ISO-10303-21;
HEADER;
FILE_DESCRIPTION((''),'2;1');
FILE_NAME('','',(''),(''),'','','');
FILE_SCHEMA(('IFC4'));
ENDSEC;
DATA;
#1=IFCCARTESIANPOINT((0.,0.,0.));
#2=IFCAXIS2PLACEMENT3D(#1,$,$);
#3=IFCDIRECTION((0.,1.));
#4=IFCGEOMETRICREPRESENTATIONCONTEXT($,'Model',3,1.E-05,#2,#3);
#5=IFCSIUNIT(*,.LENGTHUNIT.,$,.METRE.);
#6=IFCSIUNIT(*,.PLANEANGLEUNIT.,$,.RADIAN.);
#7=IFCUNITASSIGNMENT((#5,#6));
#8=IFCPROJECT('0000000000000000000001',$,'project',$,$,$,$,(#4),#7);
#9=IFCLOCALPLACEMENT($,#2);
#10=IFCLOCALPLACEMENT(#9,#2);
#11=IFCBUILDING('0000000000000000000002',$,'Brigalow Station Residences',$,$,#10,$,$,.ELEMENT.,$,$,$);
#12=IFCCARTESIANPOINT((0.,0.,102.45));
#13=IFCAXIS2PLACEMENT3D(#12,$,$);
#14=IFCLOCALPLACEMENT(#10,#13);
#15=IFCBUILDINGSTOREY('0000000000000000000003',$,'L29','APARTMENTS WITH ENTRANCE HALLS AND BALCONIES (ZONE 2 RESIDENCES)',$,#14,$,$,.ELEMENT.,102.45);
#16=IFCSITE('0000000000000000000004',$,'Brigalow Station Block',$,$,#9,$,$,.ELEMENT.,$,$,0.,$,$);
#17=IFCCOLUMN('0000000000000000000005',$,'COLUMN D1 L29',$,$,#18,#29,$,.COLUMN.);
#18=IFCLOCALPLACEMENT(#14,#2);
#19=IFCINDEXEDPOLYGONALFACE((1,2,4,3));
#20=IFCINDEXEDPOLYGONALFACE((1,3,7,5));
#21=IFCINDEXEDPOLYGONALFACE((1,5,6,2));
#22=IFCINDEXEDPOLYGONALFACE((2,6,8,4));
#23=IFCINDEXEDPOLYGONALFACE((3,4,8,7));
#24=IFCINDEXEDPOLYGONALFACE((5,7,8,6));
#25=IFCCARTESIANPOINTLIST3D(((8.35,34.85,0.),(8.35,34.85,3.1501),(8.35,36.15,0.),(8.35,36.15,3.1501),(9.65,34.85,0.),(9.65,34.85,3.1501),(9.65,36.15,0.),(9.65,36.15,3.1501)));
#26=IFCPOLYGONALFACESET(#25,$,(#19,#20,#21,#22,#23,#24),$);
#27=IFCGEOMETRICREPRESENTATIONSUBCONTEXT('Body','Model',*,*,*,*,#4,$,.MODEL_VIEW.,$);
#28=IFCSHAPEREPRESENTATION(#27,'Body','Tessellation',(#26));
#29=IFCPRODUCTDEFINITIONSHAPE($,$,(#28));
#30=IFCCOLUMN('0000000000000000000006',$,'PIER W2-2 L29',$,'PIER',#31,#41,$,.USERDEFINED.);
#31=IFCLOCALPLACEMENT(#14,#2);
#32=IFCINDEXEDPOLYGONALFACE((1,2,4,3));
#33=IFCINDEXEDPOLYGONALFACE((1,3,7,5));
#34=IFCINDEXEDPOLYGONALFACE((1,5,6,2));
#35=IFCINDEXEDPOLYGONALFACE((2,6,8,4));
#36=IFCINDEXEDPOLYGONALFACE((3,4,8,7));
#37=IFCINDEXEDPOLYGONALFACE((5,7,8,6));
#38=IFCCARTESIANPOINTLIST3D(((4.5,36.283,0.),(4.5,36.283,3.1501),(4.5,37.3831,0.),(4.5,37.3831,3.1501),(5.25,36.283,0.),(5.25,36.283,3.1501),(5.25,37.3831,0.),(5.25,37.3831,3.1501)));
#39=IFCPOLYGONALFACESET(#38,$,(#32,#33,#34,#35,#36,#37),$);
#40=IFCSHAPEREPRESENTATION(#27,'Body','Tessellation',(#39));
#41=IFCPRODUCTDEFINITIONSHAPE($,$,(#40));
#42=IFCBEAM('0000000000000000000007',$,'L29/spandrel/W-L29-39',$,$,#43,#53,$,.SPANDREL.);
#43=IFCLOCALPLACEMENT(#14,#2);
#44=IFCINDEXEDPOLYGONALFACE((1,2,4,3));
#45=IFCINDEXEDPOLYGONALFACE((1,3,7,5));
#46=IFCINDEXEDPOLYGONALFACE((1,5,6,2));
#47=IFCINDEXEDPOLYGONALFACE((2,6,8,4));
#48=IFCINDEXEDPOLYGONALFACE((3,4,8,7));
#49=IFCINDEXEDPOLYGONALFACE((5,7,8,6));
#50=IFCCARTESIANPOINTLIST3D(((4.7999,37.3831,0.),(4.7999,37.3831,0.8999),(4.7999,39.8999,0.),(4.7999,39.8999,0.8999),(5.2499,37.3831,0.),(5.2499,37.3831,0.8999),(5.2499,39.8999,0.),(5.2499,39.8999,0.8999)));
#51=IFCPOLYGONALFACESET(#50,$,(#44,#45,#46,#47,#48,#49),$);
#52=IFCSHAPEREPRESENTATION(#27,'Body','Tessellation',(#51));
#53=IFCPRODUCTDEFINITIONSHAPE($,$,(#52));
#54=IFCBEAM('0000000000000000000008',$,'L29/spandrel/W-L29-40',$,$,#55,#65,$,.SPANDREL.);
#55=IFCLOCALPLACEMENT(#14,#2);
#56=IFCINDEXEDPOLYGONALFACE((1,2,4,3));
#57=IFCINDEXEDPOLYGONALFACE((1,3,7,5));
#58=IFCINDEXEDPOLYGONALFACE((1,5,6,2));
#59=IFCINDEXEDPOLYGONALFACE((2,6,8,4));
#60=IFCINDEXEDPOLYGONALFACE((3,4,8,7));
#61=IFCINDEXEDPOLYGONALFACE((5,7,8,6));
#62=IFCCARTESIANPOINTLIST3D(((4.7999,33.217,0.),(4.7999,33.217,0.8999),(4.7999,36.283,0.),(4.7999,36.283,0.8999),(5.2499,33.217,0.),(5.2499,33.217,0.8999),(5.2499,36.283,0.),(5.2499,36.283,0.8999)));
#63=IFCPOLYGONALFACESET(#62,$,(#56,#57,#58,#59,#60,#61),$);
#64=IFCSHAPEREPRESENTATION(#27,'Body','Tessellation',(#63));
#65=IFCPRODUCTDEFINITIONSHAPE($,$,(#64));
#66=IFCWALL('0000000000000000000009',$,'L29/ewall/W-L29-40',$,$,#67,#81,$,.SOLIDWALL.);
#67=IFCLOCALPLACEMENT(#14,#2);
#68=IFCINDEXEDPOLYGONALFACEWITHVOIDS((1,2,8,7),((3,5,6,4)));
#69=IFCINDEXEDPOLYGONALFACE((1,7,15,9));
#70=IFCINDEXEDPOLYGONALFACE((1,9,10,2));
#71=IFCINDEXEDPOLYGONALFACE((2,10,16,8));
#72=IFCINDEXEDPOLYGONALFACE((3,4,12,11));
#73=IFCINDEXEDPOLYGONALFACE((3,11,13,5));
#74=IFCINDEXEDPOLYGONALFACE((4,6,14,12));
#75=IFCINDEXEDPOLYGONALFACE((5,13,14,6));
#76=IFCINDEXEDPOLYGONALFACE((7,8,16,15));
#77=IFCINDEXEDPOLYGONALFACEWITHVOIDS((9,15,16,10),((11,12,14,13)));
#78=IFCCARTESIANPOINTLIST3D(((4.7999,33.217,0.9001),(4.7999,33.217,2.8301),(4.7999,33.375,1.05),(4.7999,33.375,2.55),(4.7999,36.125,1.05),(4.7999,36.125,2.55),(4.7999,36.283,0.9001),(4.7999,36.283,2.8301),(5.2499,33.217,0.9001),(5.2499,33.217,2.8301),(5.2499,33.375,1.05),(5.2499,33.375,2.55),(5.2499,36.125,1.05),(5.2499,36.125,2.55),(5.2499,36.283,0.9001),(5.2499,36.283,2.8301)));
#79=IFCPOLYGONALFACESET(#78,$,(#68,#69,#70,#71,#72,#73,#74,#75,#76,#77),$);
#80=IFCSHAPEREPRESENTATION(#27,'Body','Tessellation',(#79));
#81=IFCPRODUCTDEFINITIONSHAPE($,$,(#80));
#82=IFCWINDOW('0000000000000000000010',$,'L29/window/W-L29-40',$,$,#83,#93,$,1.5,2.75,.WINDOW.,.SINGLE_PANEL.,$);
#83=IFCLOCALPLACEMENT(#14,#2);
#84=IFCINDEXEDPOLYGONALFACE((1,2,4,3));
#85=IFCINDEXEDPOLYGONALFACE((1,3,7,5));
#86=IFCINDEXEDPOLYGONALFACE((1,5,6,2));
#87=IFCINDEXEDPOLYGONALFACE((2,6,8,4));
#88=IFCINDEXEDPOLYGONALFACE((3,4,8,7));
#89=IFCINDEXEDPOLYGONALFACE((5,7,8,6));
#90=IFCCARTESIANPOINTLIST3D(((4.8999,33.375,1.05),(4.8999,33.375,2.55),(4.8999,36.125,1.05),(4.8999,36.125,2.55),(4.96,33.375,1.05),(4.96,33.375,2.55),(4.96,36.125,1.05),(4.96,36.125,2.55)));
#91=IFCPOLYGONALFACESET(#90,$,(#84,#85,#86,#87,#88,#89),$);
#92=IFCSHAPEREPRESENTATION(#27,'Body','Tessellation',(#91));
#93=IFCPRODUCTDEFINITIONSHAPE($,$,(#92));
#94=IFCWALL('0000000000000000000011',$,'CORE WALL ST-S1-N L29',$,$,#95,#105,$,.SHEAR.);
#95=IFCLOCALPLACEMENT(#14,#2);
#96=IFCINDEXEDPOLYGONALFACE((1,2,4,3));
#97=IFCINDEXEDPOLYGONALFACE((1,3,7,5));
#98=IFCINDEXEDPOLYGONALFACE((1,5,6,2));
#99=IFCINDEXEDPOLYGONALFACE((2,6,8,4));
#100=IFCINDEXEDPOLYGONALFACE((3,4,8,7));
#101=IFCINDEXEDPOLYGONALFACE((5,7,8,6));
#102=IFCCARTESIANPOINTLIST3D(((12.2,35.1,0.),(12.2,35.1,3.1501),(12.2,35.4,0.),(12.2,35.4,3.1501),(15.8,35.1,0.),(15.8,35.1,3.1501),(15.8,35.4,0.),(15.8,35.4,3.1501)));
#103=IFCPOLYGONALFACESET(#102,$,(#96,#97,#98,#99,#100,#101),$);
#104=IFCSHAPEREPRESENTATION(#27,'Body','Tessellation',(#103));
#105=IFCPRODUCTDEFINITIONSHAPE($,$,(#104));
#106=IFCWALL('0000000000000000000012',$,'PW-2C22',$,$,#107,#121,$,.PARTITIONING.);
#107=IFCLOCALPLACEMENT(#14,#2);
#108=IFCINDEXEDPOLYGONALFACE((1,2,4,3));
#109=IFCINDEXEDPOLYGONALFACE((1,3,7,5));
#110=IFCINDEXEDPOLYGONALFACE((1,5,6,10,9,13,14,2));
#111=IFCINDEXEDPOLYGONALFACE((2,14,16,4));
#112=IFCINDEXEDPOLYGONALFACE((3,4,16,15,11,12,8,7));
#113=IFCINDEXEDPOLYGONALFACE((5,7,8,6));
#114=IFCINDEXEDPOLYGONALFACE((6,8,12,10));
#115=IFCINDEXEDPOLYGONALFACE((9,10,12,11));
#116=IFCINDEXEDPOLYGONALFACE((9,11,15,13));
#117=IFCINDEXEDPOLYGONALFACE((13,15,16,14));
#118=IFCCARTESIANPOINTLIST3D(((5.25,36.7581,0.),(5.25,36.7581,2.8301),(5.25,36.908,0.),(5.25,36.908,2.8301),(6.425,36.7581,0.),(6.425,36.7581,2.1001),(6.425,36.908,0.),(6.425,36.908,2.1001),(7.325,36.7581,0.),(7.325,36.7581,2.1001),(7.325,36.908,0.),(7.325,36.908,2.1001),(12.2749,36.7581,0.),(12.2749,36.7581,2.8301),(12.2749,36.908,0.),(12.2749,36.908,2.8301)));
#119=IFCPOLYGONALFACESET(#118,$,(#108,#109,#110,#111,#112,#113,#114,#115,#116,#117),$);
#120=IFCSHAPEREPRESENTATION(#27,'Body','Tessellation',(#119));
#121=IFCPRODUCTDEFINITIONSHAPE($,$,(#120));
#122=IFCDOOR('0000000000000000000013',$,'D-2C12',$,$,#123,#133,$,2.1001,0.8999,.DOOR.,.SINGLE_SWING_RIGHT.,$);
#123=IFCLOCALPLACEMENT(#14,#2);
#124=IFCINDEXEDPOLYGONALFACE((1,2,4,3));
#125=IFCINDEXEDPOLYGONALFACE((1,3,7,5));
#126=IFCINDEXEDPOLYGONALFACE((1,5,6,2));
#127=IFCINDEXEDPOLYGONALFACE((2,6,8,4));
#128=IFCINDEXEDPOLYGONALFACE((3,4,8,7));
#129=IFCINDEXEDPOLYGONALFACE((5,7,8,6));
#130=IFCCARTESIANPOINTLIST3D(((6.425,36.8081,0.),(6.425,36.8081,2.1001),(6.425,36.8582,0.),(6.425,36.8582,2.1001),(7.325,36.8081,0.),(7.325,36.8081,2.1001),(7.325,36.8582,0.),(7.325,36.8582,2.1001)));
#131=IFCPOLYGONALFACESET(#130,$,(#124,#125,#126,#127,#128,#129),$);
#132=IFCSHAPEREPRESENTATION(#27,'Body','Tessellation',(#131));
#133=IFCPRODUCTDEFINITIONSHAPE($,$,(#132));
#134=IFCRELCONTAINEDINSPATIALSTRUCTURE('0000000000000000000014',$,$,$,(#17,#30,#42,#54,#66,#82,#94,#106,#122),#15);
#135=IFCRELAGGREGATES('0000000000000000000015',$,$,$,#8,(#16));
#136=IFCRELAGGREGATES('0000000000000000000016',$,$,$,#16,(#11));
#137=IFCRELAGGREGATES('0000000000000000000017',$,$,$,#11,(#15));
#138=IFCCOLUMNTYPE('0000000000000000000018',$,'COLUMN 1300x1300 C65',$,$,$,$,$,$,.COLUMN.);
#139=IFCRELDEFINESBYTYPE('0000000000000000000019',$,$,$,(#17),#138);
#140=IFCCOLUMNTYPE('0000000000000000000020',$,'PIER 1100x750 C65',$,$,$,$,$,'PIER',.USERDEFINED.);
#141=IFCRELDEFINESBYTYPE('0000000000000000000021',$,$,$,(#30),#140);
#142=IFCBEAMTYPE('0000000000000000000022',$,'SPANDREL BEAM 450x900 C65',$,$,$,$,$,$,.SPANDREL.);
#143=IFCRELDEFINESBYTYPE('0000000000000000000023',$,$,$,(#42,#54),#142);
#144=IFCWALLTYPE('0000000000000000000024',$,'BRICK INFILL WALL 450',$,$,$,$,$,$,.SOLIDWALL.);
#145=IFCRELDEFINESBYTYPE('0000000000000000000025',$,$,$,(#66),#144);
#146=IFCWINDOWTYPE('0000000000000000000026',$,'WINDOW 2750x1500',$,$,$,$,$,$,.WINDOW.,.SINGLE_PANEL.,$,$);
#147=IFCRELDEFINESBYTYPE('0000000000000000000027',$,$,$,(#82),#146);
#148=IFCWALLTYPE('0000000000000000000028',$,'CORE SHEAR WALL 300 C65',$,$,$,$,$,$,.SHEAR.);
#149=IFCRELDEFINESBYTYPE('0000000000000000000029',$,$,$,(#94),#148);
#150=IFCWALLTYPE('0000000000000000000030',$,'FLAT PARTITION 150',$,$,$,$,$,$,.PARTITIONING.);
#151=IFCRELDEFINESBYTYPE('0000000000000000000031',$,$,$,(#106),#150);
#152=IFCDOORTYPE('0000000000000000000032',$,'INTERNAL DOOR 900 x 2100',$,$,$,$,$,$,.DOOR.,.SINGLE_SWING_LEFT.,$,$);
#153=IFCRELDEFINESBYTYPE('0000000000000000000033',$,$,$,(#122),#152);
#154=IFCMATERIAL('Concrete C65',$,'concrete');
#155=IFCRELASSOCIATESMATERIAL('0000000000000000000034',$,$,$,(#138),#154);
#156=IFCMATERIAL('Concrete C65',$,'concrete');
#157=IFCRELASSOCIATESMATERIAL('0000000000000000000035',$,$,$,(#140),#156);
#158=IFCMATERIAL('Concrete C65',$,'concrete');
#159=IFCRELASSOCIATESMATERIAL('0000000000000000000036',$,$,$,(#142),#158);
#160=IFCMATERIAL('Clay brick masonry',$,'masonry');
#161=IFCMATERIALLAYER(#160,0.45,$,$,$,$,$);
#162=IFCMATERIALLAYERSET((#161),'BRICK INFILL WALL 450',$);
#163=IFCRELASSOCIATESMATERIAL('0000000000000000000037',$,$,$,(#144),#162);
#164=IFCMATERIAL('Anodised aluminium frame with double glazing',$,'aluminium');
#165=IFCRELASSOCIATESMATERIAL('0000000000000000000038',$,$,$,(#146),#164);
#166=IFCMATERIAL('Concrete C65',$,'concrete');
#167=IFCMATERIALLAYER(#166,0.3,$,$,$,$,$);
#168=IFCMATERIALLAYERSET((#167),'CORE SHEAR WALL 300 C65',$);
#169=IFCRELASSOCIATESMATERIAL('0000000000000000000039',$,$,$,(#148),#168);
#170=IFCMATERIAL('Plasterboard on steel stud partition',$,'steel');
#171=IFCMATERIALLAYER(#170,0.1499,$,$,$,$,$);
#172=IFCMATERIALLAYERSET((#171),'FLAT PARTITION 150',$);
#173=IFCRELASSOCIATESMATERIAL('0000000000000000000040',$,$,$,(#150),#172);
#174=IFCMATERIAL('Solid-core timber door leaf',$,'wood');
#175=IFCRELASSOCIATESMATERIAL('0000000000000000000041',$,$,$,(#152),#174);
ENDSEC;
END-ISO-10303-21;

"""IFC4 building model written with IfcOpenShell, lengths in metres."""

from ifc_helpers import new_model, si_unit, direction, frame, frame_2d, origin, origin_2d, place, context, subcontext, project, spatial, rectangle, extrude, material, layer, layer_set, material_profile, profile_set, type_object, element, fill, save


model = new_model("IFC4")

# Units and contexts
model_context = context("Model", 3, precision=1e-05, world=origin(), true_north=direction((0.0, 1.0)))
body_context = subcontext(model_context, "Body", "Model", "MODEL_VIEW")
ifc_project = project(units=[si_unit("LENGTHUNIT", "METRE"), si_unit("PLANEANGLEUNIT", "RADIAN")], contexts=[model_context])

# Site, building, storey
site_placement = place(None, origin())
site = spatial("IfcSite", under=ifc_project, at=site_placement, Name="Brigalow Station Block", CompositionType="ELEMENT", RefElevation=0.0)
building_placement = place(site_placement, origin())
building = spatial("IfcBuilding", under=site, at=building_placement, Name="Brigalow Station Residences", CompositionType="ELEMENT")
storey_placement = place(building_placement, frame((0.0, 0.0, 102.45)))
storey = spatial("IfcBuildingStorey", under=building, at=storey_placement, Name="L29", Description="APARTMENTS WITH ENTRANCE HALLS AND BALCONIES (ZONE 2 RESIDENCES)", CompositionType="ELEMENT", Elevation=102.45)

# Columns
ifc_material_1 = material(Name="Concrete C65", Category="concrete")
ifc_material_profile_1 = material_profile(ifc_material_1, rectangle(XDim=1.3, YDim=1.3, at=origin_2d()), Name="RC1300x1300")
ifc_profile_set_1 = profile_set([ifc_material_profile_1], Name="Concrete C65")
column_type_1 = type_object("IfcColumnType", Name="COLUMN 1300x1300 C65", PredefinedType="COLUMN", material=ifc_profile_set_1)
column_1_placement = place(storey_placement, frame((9.0, 35.5, 0.0), z_axis=(0.0, 0.0, 1.0), x_axis=(1.0, 0.0, 0.0)))
element("IfcColumn", 1, at=column_1_placement, inside=storey, type_object=column_type_1, Name="COLUMN D1 L29", PredefinedType="COLUMN", context=body_context, shape_type="SweptSolid", body=[
    extrude(rectangle(XDim=1.3, YDim=1.3, at=origin_2d()), origin(), (0.0, 0.0, 1.0), 3.1501),
])
ifc_material_2 = material(Name="Concrete C65", Category="concrete")
ifc_material_profile_2 = material_profile(ifc_material_2, rectangle(XDim=1.1001, YDim=0.75, at=origin_2d()), Name="RC1100x750")
ifc_profile_set_2 = profile_set([ifc_material_profile_2], Name="Concrete C65")
column_type_2 = type_object("IfcColumnType", Name="PIER 1100x750 C65", ElementType="PIER", PredefinedType="USERDEFINED", material=ifc_profile_set_2)
column_2_placement = place(storey_placement, frame((4.875, 36.833, 0.0), z_axis=(0.0, 0.0, 1.0), x_axis=(0.0, -1.0, 0.0)))
element("IfcColumn", 2, at=column_2_placement, inside=storey, type_object=column_type_2, Name="PIER W2-2 L29", ObjectType="PIER", PredefinedType="USERDEFINED", context=body_context, shape_type="SweptSolid", body=[
    extrude(rectangle(XDim=1.1001, YDim=0.75, at=origin_2d()), origin(), (0.0, 0.0, 1.0), 3.1501),
])

# Beams
ifc_material_3 = material(Name="Concrete C65", Category="concrete")
ifc_material_profile_3 = material_profile(ifc_material_3, rectangle(XDim=0.45, YDim=0.8999, at=origin_2d()), Name="RC450x900")
ifc_profile_set_3 = profile_set([ifc_material_profile_3], Name="Concrete C65")
beam_type = type_object("IfcBeamType", Name="SPANDREL BEAM 450x900 C65", PredefinedType="SPANDREL", material=ifc_profile_set_3)
beam_1_placement = place(storey_placement, frame((5.0249, 39.8999, 0.45), z_axis=(0.0, -1.0, 0.0), x_axis=(1.0, 0.0, 0.0)))
element("IfcBeam", 3, at=beam_1_placement, inside=storey, type_object=beam_type, Name="L29/spandrel/W-L29-39", PredefinedType="SPANDREL", context=body_context, shape_type="SweptSolid", body=[
    extrude(rectangle(XDim=0.45, YDim=0.8999, at=origin_2d()), origin(), (0.0, 0.0, 1.0), 2.5168),
])
beam_2_placement = place(storey_placement, frame((5.0249, 36.283, 0.45), z_axis=(0.0, -1.0, 0.0), x_axis=(1.0, 0.0, 0.0)))
element("IfcBeam", 4, at=beam_2_placement, inside=storey, type_object=beam_type, Name="L29/spandrel/W-L29-40", PredefinedType="SPANDREL", context=body_context, shape_type="SweptSolid", body=[
    extrude(rectangle(XDim=0.45, YDim=0.8999, at=origin_2d()), origin(), (0.0, 0.0, 1.0), 3.0659),
])

# Wall, opening, window
ifc_material_4 = material(Name="Clay brick masonry", Category="masonry")
ifc_layer_1 = layer(ifc_material_4, 0.45)
ifc_layer_set_1 = layer_set([ifc_layer_1], Name="BRICK INFILL WALL 450")
wall_type_1 = type_object("IfcWallType", Name="BRICK INFILL WALL 450", PredefinedType="SOLIDWALL", material=ifc_layer_set_1)
wall_1_placement = place(storey_placement, frame((5.0249, 36.283, 0.9001), z_axis=(0.0, 0.0, 1.0), x_axis=(0.0, -1.0, 0.0)))
wall_1 = element("IfcWall", 5, at=wall_1_placement, inside=storey, type_object=wall_type_1, Name="L29/ewall/W-L29-40", PredefinedType="SOLIDWALL", context=body_context, shape_type="SweptSolid", body=[
    extrude(rectangle(XDim=3.0659, YDim=0.45, at=frame_2d((1.533, 0.0))), origin(), (0.0, 0.0, 1.0), 1.9299),
])
opening_1_placement = place(wall_1_placement, frame((0.158, 0.0, 0.1499)))
opening_1 = element("IfcOpeningElement", 6, at=opening_1_placement, cuts=wall_1, PredefinedType="OPENING", context=body_context, shape_type="SweptSolid", body=[
    extrude(rectangle(XDim=2.75, YDim=1.5, at=frame_2d((1.375, 0.75))), frame((0.0, 0.2349, 0.0), z_axis=(0.0, -1.0, 0.0), x_axis=(1.0, 0.0, 0.0)), (0.0, 0.0, 1.0), 0.47),
])
ifc_material_5 = material(Name="Anodised aluminium frame with double glazing", Category="aluminium")
window_type = type_object("IfcWindowType", Name="WINDOW 2750x1500", PartitioningType="SINGLE_PANEL", PredefinedType="WINDOW", material=ifc_material_5)
window_placement = place(opening_1_placement, origin())
window = element("IfcWindow", 7, at=window_placement, inside=storey, type_object=window_type, Name="L29/window/W-L29-40", OverallHeight=1.5, OverallWidth=2.75, PartitioningType="SINGLE_PANEL", PredefinedType="WINDOW", context=body_context, shape_type="SweptSolid", body=[
    extrude(rectangle(XDim=2.75, YDim=1.5, at=frame_2d((1.375, 0.75))), frame((0.0, -0.0649, 0.0), z_axis=(0.0, -1.0, 0.0), x_axis=(1.0, 0.0, 0.0)), (0.0, 0.0, 1.0), 0.0601),
])
fill(opening_1, window)

# Wall
ifc_material_6 = material(Name="Concrete C65", Category="concrete")
ifc_layer_2 = layer(ifc_material_6, 0.3)
ifc_layer_set_2 = layer_set([ifc_layer_2], Name="CORE SHEAR WALL 300 C65")
wall_type_2 = type_object("IfcWallType", Name="CORE SHEAR WALL 300 C65", PredefinedType="SHEAR", material=ifc_layer_set_2)
wall_2_placement = place(storey_placement, frame((12.2, 35.25, 0.0), z_axis=(0.0, 0.0, 1.0), x_axis=(1.0, 0.0, 0.0)))
element("IfcWall", 8, at=wall_2_placement, inside=storey, type_object=wall_type_2, Name="CORE WALL ST-S1-N L29", PredefinedType="SHEAR", context=body_context, shape_type="SweptSolid", body=[
    extrude(rectangle(XDim=3.6001, YDim=0.3, at=frame_2d((1.8, 0.0))), origin(), (0.0, 0.0, 1.0), 3.1501),
])

# Wall, opening, door
ifc_material_7 = material(Name="Plasterboard on steel stud partition", Category="steel")
ifc_layer_3 = layer(ifc_material_7, 0.1499)
ifc_layer_set_3 = layer_set([ifc_layer_3], Name="FLAT PARTITION 150")
wall_type_3 = type_object("IfcWallType", Name="FLAT PARTITION 150", PredefinedType="PARTITIONING", material=ifc_layer_set_3)
wall_3_placement = place(storey_placement, frame((5.25, 36.833, 0.0), z_axis=(0.0, 0.0, 1.0), x_axis=(1.0, 0.0, 0.0)))
wall_3 = element("IfcWall", 9, at=wall_3_placement, inside=storey, type_object=wall_type_3, Name="PW-2C22", PredefinedType="PARTITIONING", context=body_context, shape_type="SweptSolid", body=[
    extrude(rectangle(XDim=7.0249, YDim=0.1499, at=frame_2d((3.5125, 0.0))), origin(), (0.0, 0.0, 1.0), 2.8301),
])
opening_2_placement = place(wall_3_placement, frame((1.175, 0.0, 0.0)))
opening_2 = element("IfcOpeningElement", 10, at=opening_2_placement, cuts=wall_3, PredefinedType="OPENING", context=body_context, shape_type="SweptSolid", body=[
    extrude(rectangle(XDim=0.8999, YDim=2.1001, at=frame_2d((0.45, 1.05))), frame((0.0, 0.085, 0.0), z_axis=(0.0, -1.0, 0.0), x_axis=(1.0, 0.0, 0.0)), (0.0, 0.0, 1.0), 0.1699),
])
ifc_material_8 = material(Name="Solid-core timber door leaf", Category="wood")
door_type_1 = type_object("IfcDoorType", Name="INTERNAL DOOR 900 x 2100", OperationType="SINGLE_SWING_LEFT", PredefinedType="DOOR", material=ifc_material_8)
door_1_placement = place(opening_2_placement, frame((0.8999, 0.0, 0.0), z_axis=(0.0, 0.0, 1.0), x_axis=(-1.0, 0.0, 0.0)))
door_1 = element("IfcDoor", 11, at=door_1_placement, inside=storey, type_object=door_type_1, Name="D-2C12", OperationType="SINGLE_SWING_RIGHT", OverallHeight=2.1001, OverallWidth=0.8999, PredefinedType="DOOR", context=body_context, shape_type="SweptSolid", body=[
    extrude(rectangle(XDim=0.8999, YDim=2.1001, at=frame_2d((0.45, 1.05))), frame((0.0, 0.0249, 0.0), z_axis=(0.0, -1.0, 0.0), x_axis=(1.0, 0.0, 0.0)), (0.0, 0.0, 1.0), 0.05),
])
fill(opening_2, door_1)

save(model, "model.ifc")
